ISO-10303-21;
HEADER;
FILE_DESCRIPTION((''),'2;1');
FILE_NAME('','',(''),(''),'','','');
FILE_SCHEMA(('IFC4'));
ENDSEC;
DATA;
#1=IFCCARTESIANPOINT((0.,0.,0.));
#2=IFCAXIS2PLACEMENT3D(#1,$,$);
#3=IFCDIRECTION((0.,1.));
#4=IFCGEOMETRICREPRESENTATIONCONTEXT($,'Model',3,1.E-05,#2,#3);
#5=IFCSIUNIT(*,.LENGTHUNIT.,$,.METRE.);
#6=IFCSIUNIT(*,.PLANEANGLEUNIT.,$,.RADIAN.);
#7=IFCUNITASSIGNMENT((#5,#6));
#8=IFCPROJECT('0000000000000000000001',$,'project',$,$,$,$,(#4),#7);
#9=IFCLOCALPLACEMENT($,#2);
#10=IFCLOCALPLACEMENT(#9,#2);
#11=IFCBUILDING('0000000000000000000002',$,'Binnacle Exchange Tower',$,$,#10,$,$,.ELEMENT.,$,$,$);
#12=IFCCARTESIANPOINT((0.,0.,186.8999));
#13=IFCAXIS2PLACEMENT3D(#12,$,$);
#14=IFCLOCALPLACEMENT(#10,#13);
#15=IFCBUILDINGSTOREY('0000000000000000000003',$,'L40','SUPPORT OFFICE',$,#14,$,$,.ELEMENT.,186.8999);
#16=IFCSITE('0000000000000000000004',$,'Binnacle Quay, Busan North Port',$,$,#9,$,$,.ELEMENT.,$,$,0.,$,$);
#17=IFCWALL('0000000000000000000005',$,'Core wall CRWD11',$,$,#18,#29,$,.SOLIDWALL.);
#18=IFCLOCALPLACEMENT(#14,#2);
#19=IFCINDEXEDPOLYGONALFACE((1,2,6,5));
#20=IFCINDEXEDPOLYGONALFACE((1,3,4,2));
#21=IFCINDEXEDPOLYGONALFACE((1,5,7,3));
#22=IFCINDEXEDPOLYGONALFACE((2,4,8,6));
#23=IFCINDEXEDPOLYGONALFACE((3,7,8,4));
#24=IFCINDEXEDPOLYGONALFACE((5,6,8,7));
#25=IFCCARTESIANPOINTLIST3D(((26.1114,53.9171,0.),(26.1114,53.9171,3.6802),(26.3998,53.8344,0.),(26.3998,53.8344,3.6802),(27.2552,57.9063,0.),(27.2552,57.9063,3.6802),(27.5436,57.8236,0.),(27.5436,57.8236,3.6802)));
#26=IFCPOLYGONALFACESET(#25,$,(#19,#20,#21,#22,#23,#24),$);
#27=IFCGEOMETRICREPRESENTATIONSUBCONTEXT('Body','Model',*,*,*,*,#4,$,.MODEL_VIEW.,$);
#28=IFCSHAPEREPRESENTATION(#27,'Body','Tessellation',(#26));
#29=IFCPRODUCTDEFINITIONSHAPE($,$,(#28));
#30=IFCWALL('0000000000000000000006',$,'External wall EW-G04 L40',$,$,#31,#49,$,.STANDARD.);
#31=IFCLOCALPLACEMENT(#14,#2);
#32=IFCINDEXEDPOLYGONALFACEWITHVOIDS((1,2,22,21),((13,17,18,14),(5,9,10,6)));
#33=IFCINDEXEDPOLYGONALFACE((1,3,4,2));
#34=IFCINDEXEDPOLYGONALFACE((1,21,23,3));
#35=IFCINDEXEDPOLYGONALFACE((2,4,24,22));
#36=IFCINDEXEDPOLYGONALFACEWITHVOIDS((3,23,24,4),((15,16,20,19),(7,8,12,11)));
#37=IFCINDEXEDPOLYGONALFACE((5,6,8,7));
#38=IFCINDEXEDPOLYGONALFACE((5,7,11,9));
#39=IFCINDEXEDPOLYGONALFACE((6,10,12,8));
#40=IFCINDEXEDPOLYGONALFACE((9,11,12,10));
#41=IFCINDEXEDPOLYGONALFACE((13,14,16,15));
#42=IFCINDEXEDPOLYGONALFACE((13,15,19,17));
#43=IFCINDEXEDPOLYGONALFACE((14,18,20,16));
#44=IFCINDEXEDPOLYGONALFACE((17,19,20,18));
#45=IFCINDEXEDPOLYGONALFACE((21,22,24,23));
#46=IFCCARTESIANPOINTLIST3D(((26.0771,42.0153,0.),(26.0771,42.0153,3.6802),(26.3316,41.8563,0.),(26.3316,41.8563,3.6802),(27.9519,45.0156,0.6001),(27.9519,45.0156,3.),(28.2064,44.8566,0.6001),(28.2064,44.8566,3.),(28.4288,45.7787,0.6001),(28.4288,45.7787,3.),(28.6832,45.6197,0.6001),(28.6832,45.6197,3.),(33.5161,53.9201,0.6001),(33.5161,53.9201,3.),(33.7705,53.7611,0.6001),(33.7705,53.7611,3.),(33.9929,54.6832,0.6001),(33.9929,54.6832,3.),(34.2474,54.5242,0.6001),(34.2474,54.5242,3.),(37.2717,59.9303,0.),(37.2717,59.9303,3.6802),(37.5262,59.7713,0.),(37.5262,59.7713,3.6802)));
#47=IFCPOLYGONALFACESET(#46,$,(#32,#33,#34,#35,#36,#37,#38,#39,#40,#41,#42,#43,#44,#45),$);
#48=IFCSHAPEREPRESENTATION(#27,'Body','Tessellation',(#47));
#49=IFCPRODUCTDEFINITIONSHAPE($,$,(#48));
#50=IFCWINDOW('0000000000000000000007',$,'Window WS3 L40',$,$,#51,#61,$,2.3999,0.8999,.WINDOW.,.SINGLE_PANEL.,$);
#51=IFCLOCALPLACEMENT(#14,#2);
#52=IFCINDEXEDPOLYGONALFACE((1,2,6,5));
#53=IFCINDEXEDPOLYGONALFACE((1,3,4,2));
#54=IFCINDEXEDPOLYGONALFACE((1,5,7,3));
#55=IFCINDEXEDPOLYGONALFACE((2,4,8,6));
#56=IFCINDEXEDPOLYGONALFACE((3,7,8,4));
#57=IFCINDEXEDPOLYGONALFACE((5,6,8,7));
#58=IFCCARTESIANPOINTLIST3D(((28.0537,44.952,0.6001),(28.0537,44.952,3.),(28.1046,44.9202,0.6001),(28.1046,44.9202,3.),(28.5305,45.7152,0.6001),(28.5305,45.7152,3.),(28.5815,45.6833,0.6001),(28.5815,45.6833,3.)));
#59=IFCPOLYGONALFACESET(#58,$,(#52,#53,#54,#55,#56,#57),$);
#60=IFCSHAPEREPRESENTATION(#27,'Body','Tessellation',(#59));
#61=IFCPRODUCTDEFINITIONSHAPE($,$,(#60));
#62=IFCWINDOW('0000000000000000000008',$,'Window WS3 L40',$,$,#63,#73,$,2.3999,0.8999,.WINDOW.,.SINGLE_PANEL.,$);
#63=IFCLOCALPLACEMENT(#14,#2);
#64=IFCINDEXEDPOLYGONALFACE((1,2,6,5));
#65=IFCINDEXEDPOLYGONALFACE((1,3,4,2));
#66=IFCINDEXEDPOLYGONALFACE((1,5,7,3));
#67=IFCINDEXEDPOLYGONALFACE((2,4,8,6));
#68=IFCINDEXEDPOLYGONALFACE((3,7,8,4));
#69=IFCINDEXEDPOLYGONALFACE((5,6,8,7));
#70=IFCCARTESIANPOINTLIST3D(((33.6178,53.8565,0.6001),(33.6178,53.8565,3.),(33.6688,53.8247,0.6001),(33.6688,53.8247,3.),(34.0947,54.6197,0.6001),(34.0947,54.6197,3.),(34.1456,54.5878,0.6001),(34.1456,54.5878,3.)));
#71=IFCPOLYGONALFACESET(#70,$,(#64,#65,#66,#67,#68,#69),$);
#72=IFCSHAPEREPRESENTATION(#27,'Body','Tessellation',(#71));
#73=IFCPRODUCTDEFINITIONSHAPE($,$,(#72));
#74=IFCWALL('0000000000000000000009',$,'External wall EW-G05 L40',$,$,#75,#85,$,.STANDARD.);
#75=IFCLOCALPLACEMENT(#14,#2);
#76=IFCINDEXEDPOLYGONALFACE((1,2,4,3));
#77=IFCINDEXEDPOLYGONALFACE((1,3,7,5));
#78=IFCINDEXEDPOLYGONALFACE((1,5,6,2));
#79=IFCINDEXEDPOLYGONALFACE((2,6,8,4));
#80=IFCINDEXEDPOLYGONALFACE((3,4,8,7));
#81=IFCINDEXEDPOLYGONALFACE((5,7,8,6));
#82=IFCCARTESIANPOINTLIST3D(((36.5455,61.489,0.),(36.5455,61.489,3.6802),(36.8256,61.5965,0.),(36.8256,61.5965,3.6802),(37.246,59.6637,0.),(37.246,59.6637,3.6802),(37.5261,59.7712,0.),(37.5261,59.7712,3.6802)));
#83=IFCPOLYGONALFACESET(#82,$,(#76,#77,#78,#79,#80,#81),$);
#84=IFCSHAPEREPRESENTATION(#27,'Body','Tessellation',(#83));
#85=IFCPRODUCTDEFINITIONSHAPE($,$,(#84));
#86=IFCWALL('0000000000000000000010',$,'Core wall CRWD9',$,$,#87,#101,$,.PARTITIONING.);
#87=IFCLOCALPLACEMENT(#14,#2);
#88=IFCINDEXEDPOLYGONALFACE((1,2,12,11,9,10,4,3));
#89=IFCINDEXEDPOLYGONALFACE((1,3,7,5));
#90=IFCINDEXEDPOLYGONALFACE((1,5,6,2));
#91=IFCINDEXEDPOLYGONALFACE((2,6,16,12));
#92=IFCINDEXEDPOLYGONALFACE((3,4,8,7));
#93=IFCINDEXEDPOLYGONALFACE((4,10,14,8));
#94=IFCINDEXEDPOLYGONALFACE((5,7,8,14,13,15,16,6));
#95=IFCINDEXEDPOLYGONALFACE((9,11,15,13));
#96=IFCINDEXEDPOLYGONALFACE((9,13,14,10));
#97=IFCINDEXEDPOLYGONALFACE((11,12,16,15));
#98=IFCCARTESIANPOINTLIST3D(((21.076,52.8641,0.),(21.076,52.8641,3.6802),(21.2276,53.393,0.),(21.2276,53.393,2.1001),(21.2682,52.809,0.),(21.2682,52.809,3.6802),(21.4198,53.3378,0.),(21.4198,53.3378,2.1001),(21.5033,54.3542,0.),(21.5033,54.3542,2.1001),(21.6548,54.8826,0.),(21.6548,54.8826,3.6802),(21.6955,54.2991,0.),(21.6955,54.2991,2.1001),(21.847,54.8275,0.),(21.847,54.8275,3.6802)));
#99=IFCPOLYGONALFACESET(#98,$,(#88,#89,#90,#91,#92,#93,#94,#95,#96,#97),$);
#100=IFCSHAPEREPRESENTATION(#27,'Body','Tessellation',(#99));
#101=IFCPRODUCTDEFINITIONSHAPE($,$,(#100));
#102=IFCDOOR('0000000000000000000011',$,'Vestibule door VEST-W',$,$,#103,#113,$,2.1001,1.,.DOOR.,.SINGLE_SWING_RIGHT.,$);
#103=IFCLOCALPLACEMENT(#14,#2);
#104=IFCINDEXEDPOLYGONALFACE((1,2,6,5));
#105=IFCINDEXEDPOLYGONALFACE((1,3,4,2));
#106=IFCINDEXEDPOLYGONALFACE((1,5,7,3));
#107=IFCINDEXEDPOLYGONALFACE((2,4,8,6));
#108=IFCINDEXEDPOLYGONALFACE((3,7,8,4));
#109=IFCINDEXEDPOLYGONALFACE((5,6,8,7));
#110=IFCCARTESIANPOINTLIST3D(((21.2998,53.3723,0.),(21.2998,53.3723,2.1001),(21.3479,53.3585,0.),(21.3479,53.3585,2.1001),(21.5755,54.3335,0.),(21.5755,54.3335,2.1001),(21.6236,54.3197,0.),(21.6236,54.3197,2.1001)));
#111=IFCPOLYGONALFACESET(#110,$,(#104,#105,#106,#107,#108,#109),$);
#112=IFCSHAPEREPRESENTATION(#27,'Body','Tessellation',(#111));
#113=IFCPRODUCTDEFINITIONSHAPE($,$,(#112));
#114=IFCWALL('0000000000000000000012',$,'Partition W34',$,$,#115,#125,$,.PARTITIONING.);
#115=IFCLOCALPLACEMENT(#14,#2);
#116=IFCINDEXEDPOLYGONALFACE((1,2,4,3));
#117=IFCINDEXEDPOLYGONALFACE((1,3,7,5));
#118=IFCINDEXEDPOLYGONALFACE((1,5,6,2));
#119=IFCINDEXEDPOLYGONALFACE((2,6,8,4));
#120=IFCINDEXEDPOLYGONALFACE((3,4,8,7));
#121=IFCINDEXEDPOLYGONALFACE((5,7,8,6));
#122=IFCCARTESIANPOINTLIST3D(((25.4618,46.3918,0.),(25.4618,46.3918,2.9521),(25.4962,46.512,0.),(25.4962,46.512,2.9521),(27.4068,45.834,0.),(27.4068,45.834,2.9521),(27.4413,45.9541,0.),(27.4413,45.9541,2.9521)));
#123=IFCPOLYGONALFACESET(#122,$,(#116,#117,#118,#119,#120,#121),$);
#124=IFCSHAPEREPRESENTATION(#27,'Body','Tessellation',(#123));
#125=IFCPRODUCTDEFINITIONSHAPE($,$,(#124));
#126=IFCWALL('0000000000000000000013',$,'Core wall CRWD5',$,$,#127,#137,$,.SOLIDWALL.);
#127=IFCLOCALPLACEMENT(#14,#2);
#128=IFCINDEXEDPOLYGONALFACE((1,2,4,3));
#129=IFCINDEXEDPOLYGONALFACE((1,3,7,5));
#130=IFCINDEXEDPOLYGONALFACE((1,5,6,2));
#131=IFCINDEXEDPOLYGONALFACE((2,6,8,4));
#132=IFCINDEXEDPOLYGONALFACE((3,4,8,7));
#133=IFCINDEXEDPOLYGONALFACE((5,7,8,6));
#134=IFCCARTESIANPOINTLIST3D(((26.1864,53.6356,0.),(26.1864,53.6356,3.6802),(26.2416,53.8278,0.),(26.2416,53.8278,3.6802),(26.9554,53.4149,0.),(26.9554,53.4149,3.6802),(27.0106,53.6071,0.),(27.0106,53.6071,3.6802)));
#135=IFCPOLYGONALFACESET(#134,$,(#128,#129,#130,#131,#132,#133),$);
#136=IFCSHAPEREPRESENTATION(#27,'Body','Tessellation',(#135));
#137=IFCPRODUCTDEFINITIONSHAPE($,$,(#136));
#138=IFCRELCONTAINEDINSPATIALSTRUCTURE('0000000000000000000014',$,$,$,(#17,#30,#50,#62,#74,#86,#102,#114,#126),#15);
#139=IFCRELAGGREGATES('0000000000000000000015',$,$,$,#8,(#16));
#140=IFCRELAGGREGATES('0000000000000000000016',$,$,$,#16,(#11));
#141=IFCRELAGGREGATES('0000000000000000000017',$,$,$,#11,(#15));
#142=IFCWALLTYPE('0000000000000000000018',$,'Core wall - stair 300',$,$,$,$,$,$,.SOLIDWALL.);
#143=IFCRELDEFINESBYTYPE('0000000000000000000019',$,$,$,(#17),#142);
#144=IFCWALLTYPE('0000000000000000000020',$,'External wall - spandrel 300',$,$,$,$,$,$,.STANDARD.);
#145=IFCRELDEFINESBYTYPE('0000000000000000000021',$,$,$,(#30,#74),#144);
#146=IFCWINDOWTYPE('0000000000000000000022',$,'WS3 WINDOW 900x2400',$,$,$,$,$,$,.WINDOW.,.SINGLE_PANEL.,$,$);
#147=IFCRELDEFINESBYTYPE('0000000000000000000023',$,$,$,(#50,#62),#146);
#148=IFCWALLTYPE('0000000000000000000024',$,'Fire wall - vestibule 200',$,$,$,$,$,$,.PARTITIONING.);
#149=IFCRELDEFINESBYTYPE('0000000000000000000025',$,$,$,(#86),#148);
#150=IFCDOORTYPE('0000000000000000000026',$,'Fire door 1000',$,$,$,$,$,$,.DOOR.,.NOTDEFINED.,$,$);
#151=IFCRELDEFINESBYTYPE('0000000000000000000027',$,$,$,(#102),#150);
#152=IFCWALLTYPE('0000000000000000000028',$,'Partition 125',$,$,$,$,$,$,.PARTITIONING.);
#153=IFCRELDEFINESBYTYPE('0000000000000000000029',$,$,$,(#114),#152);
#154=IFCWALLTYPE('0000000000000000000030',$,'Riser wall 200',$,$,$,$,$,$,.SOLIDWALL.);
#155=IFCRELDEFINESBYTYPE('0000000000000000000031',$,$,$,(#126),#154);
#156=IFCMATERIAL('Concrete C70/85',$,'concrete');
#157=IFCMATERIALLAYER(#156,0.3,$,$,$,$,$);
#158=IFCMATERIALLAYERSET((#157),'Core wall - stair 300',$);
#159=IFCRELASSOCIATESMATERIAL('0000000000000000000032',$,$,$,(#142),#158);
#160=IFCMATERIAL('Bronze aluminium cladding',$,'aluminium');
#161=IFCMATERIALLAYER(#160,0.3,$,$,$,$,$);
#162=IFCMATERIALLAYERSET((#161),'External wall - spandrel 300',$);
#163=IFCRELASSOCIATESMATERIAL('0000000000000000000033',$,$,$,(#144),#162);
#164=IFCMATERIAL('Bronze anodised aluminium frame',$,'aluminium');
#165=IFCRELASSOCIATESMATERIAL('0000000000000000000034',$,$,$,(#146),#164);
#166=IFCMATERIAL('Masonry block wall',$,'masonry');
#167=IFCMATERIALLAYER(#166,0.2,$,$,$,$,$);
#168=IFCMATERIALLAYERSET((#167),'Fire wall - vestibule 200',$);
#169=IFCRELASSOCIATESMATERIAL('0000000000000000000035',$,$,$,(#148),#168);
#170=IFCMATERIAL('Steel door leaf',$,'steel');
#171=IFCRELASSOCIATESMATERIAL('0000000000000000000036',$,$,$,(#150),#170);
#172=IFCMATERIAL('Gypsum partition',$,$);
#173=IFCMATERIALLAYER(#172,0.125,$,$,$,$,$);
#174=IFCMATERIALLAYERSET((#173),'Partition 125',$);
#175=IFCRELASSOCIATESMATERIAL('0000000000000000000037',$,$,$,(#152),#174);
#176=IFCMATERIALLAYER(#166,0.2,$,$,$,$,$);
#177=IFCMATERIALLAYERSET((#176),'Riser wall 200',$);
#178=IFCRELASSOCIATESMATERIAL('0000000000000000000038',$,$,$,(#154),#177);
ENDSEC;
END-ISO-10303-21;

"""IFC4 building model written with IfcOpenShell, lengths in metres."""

from ifc_helpers import new_model, si_unit, direction, frame, frame_2d, origin, place, context, subcontext, project, spatial, rectangle, extrude, material, layer, layer_set, type_object, element, fill, save


model = new_model("IFC4")

# Units and contexts
model_context = context("Model", 3, precision=1e-05, world=origin(), true_north=direction((0.0, 1.0)))
body_context = subcontext(model_context, "Body", "Model", "MODEL_VIEW")
ifc_project = project(units=[si_unit("LENGTHUNIT", "METRE"), si_unit("PLANEANGLEUNIT", "RADIAN")], contexts=[model_context])

# Site, building, storey
site_placement = place(None, origin())
site = spatial("IfcSite", under=ifc_project, at=site_placement, Name="Binnacle Quay, Busan North Port", CompositionType="ELEMENT", RefElevation=0.0)
building_placement = place(site_placement, origin())
building = spatial("IfcBuilding", under=site, at=building_placement, Name="Binnacle Exchange Tower", CompositionType="ELEMENT")
storey_placement = place(building_placement, frame((0.0, 0.0, 186.8999)))
storey = spatial("IfcBuildingStorey", under=building, at=storey_placement, Name="L40", Description="SUPPORT OFFICE", CompositionType="ELEMENT", Elevation=186.8999)

# Shared definitions
ifc_material_1 = material(Name="Concrete C70/85", Category="concrete")

# Shared definitions
ifc_material_2 = material(Name="Steel door leaf", Category="steel")

# Wall
ifc_layer_1 = layer(ifc_material_1, 0.3)
ifc_layer_set_1 = layer_set([ifc_layer_1], Name="Core wall - stair 300")
wall_type_1 = type_object("IfcWallType", Name="Core wall - stair 300", PredefinedType="SOLIDWALL", material=ifc_layer_set_1)
wall_1_placement = place(storey_placement, frame((26.2556, 53.8757, 0.0), z_axis=(0.0, 0.0, 1.0), x_axis=(0.275615, 0.961268, 0.0)))
element("IfcWall", 1, at=wall_1_placement, inside=storey, type_object=wall_type_1, Name="Core wall CRWD11", PredefinedType="SOLIDWALL", context=body_context, shape_type="SweptSolid", body=[
    extrude(rectangle(XDim=4.1499, YDim=0.3, at=frame_2d((2.075, 0.0))), origin(), (0.0, 0.0, 1.0), 3.6802),
])

# Wall, openings, windows
ifc_material_3 = material(Name="Bronze aluminium cladding", Category="aluminium")
ifc_layer_2 = layer(ifc_material_3, 0.3)
ifc_layer_set_2 = layer_set([ifc_layer_2], Name="External wall - spandrel 300")
wall_type_2 = type_object("IfcWallType", Name="External wall - spandrel 300", PredefinedType="STANDARD", material=ifc_layer_set_2)
wall_2_placement = place(storey_placement, frame((37.3989, 59.8508, 0.0), z_axis=(0.0, 0.0, 1.0), x_axis=(-0.52992, -0.848048, 0.0)))
wall_2 = element("IfcWall", 2, at=wall_2_placement, inside=storey, type_object=wall_type_2, Name="External wall EW-G04 L40", PredefinedType="STANDARD", context=body_context, shape_type="SweptSolid", body=[
    extrude(rectangle(XDim=21.125, YDim=0.3, at=frame_2d((10.5625, 0.0))), origin(), (0.0, 0.0, 1.0), 3.6802),
])
opening_1_placement = place(wall_2_placement, frame((16.6873, 0.0, 0.6001)))
opening_1 = element("IfcOpeningElement", 3, at=opening_1_placement, cuts=wall_2, PredefinedType="OPENING", context=body_context, shape_type="SweptSolid", body=[
    extrude(rectangle(XDim=0.8999, YDim=2.3999, at=frame_2d((0.45, 1.2))), frame((0.0, 0.1599, 0.0), z_axis=(0.0, -1.0, 0.0), x_axis=(1.0, 0.0, 0.0)), (0.0, 0.0, 1.0), 0.3201),
])
opening_2_placement = place(wall_2_placement, frame((6.1873, 0.0, 0.6001)))
opening_2 = element("IfcOpeningElement", 4, at=opening_2_placement, cuts=wall_2, PredefinedType="OPENING", context=body_context, shape_type="SweptSolid", body=[
    extrude(rectangle(XDim=0.8999, YDim=2.3999, at=frame_2d((0.45, 1.2))), frame((0.0, 0.1599, 0.0), z_axis=(0.0, -1.0, 0.0), x_axis=(1.0, 0.0, 0.0)), (0.0, 0.0, 1.0), 0.3201),
])
ifc_material_4 = material(Name="Bronze anodised aluminium frame", Category="aluminium")
window_type = type_object("IfcWindowType", Name="WS3 WINDOW 900x2400", PartitioningType="SINGLE_PANEL", PredefinedType="WINDOW", material=ifc_material_4)
window_1_placement = place(opening_1_placement, origin())
window_1 = element("IfcWindow", 5, at=window_1_placement, inside=storey, type_object=window_type, Name="Window WS3 L40", OverallHeight=2.3999, OverallWidth=0.8999, PartitioningType="SINGLE_PANEL", PredefinedType="WINDOW", context=body_context, shape_type="SweptSolid", body=[
    extrude(rectangle(XDim=0.8999, YDim=2.3999, at=frame_2d((0.45, 1.2))), frame((0.0, 0.03, 0.0), z_axis=(0.0, -1.0, 0.0), x_axis=(1.0, 0.0, 0.0)), (0.0, 0.0, 1.0), 0.0601),
])
fill(opening_1, window_1)
window_2_placement = place(opening_2_placement, origin())
window_2 = element("IfcWindow", 6, at=window_2_placement, inside=storey, type_object=window_type, Name="Window WS3 L40", OverallHeight=2.3999, OverallWidth=0.8999, PartitioningType="SINGLE_PANEL", PredefinedType="WINDOW", context=body_context, shape_type="SweptSolid", body=[
    extrude(rectangle(XDim=0.8999, YDim=2.3999, at=frame_2d((0.45, 1.2))), frame((0.0, 0.03, 0.0), z_axis=(0.0, -1.0, 0.0), x_axis=(1.0, 0.0, 0.0)), (0.0, 0.0, 1.0), 0.0601),
])
fill(opening_2, window_2)

# Wall
wall_3_placement = place(storey_placement, frame((36.6855, 61.5427, 0.0), z_axis=(0.0, 0.0, 1.0), x_axis=(0.358284, -0.933612, 0.0)))
element("IfcWall", 7, at=wall_3_placement, inside=storey, type_object=wall_type_2, Name="External wall EW-G05 L40", PredefinedType="STANDARD", context=body_context, shape_type="SweptSolid", body=[
    extrude(rectangle(XDim=1.9551, YDim=0.3, at=frame_2d((0.9775, 0.0))), origin(), (0.0, 0.0, 1.0), 3.6802),
])

# Wall, opening, door
ifc_material_5 = material(Name="Masonry block wall", Category="masonry")
ifc_layer_3 = layer(ifc_material_5, 0.2)
ifc_layer_set_3 = layer_set([ifc_layer_3], Name="Fire wall - vestibule 200")
wall_type_3 = type_object("IfcWallType", Name="Fire wall - vestibule 200", PredefinedType="PARTITIONING", material=ifc_layer_set_3)
wall_4_placement = place(storey_placement, frame((21.1721, 52.8367, 0.0), z_axis=(0.0, 0.0, 1.0), x_axis=(0.275658, 0.961256, 0.0)))
wall_4 = element("IfcWall", 8, at=wall_4_placement, inside=storey, type_object=wall_type_3, Name="Core wall CRWD9", PredefinedType="PARTITIONING", context=body_context, shape_type="SweptSolid", body=[
    extrude(rectangle(XDim=2.0999, YDim=0.2, at=frame_2d((1.0498, 0.0))), origin(), (0.0, 0.0, 1.0), 3.6802),
])
opening_3_placement = place(wall_4_placement, frame((0.55, 0.0, 0.0)))
opening_3 = element("IfcOpeningElement", 9, at=opening_3_placement, cuts=wall_4, PredefinedType="OPENING", context=body_context, shape_type="SweptSolid", body=[
    extrude(rectangle(XDim=1.0, YDim=2.1001, at=frame_2d((0.5, 1.05))), frame((0.0, 0.1099, 0.0), z_axis=(0.0, -1.0, 0.0), x_axis=(1.0, 0.0, 0.0)), (0.0, 0.0, 1.0), 0.22),
])
door_type_1 = type_object("IfcDoorType", Name="Fire door 1000", OperationType="NOTDEFINED", PredefinedType="DOOR", material=ifc_material_2)
door_1_placement = place(opening_3_placement, origin())
door_1 = element("IfcDoor", 10, at=door_1_placement, inside=storey, type_object=door_type_1, Name="Vestibule door VEST-W", OperationType="SINGLE_SWING_RIGHT", OverallHeight=2.1001, OverallWidth=1.0, PredefinedType="DOOR", context=body_context, shape_type="SweptSolid", body=[
    extrude(rectangle(XDim=1.0, YDim=2.1001, at=frame_2d((0.5, 1.05))), frame((0.0, 0.0249, 0.0), z_axis=(0.0, -1.0, 0.0), x_axis=(1.0, 0.0, 0.0)), (0.0, 0.0, 1.0), 0.05),
])
fill(opening_3, door_1)

# Walls
ifc_material_6 = material(Name="Gypsum partition")
ifc_layer_4 = layer(ifc_material_6, 0.125)
ifc_layer_set_4 = layer_set([ifc_layer_4], Name="Partition 125")
wall_type_4 = type_object("IfcWallType", Name="Partition 125", PredefinedType="PARTITIONING", material=ifc_layer_set_4)
wall_5_placement = place(storey_placement, frame((25.479, 46.4519, 0.0), z_axis=(0.0, 0.0, 1.0), x_axis=(0.961246, -0.275693, 0.0)))
element("IfcWall", 11, at=wall_5_placement, inside=storey, type_object=wall_type_4, Name="Partition W34", PredefinedType="PARTITIONING", context=body_context, shape_type="SweptSolid", body=[
    extrude(rectangle(XDim=2.0234, YDim=0.125, at=frame_2d((1.0117, 0.0))), origin(), (0.0, 0.0, 1.0), 2.9521),
])
ifc_layer_5 = layer(ifc_material_5, 0.2)
ifc_layer_set_5 = layer_set([ifc_layer_5], Name="Riser wall 200")
wall_type_5 = type_object("IfcWallType", Name="Riser wall 200", PredefinedType="SOLIDWALL", material=ifc_layer_set_5)
wall_6_placement = place(storey_placement, frame((26.2141, 53.7317, 0.0), z_axis=(0.0, 0.0, 1.0), x_axis=(0.961201, -0.275849, 0.0)))
element("IfcWall", 12, at=wall_6_placement, inside=storey, type_object=wall_type_5, Name="Core wall CRWD5", PredefinedType="SOLIDWALL", context=body_context, shape_type="SweptSolid", body=[
    extrude(rectangle(XDim=0.8, YDim=0.2, at=frame_2d((0.3999, 0.0))), origin(), (0.0, 0.0, 1.0), 3.6802),
])

save(model, "model.ifc")
